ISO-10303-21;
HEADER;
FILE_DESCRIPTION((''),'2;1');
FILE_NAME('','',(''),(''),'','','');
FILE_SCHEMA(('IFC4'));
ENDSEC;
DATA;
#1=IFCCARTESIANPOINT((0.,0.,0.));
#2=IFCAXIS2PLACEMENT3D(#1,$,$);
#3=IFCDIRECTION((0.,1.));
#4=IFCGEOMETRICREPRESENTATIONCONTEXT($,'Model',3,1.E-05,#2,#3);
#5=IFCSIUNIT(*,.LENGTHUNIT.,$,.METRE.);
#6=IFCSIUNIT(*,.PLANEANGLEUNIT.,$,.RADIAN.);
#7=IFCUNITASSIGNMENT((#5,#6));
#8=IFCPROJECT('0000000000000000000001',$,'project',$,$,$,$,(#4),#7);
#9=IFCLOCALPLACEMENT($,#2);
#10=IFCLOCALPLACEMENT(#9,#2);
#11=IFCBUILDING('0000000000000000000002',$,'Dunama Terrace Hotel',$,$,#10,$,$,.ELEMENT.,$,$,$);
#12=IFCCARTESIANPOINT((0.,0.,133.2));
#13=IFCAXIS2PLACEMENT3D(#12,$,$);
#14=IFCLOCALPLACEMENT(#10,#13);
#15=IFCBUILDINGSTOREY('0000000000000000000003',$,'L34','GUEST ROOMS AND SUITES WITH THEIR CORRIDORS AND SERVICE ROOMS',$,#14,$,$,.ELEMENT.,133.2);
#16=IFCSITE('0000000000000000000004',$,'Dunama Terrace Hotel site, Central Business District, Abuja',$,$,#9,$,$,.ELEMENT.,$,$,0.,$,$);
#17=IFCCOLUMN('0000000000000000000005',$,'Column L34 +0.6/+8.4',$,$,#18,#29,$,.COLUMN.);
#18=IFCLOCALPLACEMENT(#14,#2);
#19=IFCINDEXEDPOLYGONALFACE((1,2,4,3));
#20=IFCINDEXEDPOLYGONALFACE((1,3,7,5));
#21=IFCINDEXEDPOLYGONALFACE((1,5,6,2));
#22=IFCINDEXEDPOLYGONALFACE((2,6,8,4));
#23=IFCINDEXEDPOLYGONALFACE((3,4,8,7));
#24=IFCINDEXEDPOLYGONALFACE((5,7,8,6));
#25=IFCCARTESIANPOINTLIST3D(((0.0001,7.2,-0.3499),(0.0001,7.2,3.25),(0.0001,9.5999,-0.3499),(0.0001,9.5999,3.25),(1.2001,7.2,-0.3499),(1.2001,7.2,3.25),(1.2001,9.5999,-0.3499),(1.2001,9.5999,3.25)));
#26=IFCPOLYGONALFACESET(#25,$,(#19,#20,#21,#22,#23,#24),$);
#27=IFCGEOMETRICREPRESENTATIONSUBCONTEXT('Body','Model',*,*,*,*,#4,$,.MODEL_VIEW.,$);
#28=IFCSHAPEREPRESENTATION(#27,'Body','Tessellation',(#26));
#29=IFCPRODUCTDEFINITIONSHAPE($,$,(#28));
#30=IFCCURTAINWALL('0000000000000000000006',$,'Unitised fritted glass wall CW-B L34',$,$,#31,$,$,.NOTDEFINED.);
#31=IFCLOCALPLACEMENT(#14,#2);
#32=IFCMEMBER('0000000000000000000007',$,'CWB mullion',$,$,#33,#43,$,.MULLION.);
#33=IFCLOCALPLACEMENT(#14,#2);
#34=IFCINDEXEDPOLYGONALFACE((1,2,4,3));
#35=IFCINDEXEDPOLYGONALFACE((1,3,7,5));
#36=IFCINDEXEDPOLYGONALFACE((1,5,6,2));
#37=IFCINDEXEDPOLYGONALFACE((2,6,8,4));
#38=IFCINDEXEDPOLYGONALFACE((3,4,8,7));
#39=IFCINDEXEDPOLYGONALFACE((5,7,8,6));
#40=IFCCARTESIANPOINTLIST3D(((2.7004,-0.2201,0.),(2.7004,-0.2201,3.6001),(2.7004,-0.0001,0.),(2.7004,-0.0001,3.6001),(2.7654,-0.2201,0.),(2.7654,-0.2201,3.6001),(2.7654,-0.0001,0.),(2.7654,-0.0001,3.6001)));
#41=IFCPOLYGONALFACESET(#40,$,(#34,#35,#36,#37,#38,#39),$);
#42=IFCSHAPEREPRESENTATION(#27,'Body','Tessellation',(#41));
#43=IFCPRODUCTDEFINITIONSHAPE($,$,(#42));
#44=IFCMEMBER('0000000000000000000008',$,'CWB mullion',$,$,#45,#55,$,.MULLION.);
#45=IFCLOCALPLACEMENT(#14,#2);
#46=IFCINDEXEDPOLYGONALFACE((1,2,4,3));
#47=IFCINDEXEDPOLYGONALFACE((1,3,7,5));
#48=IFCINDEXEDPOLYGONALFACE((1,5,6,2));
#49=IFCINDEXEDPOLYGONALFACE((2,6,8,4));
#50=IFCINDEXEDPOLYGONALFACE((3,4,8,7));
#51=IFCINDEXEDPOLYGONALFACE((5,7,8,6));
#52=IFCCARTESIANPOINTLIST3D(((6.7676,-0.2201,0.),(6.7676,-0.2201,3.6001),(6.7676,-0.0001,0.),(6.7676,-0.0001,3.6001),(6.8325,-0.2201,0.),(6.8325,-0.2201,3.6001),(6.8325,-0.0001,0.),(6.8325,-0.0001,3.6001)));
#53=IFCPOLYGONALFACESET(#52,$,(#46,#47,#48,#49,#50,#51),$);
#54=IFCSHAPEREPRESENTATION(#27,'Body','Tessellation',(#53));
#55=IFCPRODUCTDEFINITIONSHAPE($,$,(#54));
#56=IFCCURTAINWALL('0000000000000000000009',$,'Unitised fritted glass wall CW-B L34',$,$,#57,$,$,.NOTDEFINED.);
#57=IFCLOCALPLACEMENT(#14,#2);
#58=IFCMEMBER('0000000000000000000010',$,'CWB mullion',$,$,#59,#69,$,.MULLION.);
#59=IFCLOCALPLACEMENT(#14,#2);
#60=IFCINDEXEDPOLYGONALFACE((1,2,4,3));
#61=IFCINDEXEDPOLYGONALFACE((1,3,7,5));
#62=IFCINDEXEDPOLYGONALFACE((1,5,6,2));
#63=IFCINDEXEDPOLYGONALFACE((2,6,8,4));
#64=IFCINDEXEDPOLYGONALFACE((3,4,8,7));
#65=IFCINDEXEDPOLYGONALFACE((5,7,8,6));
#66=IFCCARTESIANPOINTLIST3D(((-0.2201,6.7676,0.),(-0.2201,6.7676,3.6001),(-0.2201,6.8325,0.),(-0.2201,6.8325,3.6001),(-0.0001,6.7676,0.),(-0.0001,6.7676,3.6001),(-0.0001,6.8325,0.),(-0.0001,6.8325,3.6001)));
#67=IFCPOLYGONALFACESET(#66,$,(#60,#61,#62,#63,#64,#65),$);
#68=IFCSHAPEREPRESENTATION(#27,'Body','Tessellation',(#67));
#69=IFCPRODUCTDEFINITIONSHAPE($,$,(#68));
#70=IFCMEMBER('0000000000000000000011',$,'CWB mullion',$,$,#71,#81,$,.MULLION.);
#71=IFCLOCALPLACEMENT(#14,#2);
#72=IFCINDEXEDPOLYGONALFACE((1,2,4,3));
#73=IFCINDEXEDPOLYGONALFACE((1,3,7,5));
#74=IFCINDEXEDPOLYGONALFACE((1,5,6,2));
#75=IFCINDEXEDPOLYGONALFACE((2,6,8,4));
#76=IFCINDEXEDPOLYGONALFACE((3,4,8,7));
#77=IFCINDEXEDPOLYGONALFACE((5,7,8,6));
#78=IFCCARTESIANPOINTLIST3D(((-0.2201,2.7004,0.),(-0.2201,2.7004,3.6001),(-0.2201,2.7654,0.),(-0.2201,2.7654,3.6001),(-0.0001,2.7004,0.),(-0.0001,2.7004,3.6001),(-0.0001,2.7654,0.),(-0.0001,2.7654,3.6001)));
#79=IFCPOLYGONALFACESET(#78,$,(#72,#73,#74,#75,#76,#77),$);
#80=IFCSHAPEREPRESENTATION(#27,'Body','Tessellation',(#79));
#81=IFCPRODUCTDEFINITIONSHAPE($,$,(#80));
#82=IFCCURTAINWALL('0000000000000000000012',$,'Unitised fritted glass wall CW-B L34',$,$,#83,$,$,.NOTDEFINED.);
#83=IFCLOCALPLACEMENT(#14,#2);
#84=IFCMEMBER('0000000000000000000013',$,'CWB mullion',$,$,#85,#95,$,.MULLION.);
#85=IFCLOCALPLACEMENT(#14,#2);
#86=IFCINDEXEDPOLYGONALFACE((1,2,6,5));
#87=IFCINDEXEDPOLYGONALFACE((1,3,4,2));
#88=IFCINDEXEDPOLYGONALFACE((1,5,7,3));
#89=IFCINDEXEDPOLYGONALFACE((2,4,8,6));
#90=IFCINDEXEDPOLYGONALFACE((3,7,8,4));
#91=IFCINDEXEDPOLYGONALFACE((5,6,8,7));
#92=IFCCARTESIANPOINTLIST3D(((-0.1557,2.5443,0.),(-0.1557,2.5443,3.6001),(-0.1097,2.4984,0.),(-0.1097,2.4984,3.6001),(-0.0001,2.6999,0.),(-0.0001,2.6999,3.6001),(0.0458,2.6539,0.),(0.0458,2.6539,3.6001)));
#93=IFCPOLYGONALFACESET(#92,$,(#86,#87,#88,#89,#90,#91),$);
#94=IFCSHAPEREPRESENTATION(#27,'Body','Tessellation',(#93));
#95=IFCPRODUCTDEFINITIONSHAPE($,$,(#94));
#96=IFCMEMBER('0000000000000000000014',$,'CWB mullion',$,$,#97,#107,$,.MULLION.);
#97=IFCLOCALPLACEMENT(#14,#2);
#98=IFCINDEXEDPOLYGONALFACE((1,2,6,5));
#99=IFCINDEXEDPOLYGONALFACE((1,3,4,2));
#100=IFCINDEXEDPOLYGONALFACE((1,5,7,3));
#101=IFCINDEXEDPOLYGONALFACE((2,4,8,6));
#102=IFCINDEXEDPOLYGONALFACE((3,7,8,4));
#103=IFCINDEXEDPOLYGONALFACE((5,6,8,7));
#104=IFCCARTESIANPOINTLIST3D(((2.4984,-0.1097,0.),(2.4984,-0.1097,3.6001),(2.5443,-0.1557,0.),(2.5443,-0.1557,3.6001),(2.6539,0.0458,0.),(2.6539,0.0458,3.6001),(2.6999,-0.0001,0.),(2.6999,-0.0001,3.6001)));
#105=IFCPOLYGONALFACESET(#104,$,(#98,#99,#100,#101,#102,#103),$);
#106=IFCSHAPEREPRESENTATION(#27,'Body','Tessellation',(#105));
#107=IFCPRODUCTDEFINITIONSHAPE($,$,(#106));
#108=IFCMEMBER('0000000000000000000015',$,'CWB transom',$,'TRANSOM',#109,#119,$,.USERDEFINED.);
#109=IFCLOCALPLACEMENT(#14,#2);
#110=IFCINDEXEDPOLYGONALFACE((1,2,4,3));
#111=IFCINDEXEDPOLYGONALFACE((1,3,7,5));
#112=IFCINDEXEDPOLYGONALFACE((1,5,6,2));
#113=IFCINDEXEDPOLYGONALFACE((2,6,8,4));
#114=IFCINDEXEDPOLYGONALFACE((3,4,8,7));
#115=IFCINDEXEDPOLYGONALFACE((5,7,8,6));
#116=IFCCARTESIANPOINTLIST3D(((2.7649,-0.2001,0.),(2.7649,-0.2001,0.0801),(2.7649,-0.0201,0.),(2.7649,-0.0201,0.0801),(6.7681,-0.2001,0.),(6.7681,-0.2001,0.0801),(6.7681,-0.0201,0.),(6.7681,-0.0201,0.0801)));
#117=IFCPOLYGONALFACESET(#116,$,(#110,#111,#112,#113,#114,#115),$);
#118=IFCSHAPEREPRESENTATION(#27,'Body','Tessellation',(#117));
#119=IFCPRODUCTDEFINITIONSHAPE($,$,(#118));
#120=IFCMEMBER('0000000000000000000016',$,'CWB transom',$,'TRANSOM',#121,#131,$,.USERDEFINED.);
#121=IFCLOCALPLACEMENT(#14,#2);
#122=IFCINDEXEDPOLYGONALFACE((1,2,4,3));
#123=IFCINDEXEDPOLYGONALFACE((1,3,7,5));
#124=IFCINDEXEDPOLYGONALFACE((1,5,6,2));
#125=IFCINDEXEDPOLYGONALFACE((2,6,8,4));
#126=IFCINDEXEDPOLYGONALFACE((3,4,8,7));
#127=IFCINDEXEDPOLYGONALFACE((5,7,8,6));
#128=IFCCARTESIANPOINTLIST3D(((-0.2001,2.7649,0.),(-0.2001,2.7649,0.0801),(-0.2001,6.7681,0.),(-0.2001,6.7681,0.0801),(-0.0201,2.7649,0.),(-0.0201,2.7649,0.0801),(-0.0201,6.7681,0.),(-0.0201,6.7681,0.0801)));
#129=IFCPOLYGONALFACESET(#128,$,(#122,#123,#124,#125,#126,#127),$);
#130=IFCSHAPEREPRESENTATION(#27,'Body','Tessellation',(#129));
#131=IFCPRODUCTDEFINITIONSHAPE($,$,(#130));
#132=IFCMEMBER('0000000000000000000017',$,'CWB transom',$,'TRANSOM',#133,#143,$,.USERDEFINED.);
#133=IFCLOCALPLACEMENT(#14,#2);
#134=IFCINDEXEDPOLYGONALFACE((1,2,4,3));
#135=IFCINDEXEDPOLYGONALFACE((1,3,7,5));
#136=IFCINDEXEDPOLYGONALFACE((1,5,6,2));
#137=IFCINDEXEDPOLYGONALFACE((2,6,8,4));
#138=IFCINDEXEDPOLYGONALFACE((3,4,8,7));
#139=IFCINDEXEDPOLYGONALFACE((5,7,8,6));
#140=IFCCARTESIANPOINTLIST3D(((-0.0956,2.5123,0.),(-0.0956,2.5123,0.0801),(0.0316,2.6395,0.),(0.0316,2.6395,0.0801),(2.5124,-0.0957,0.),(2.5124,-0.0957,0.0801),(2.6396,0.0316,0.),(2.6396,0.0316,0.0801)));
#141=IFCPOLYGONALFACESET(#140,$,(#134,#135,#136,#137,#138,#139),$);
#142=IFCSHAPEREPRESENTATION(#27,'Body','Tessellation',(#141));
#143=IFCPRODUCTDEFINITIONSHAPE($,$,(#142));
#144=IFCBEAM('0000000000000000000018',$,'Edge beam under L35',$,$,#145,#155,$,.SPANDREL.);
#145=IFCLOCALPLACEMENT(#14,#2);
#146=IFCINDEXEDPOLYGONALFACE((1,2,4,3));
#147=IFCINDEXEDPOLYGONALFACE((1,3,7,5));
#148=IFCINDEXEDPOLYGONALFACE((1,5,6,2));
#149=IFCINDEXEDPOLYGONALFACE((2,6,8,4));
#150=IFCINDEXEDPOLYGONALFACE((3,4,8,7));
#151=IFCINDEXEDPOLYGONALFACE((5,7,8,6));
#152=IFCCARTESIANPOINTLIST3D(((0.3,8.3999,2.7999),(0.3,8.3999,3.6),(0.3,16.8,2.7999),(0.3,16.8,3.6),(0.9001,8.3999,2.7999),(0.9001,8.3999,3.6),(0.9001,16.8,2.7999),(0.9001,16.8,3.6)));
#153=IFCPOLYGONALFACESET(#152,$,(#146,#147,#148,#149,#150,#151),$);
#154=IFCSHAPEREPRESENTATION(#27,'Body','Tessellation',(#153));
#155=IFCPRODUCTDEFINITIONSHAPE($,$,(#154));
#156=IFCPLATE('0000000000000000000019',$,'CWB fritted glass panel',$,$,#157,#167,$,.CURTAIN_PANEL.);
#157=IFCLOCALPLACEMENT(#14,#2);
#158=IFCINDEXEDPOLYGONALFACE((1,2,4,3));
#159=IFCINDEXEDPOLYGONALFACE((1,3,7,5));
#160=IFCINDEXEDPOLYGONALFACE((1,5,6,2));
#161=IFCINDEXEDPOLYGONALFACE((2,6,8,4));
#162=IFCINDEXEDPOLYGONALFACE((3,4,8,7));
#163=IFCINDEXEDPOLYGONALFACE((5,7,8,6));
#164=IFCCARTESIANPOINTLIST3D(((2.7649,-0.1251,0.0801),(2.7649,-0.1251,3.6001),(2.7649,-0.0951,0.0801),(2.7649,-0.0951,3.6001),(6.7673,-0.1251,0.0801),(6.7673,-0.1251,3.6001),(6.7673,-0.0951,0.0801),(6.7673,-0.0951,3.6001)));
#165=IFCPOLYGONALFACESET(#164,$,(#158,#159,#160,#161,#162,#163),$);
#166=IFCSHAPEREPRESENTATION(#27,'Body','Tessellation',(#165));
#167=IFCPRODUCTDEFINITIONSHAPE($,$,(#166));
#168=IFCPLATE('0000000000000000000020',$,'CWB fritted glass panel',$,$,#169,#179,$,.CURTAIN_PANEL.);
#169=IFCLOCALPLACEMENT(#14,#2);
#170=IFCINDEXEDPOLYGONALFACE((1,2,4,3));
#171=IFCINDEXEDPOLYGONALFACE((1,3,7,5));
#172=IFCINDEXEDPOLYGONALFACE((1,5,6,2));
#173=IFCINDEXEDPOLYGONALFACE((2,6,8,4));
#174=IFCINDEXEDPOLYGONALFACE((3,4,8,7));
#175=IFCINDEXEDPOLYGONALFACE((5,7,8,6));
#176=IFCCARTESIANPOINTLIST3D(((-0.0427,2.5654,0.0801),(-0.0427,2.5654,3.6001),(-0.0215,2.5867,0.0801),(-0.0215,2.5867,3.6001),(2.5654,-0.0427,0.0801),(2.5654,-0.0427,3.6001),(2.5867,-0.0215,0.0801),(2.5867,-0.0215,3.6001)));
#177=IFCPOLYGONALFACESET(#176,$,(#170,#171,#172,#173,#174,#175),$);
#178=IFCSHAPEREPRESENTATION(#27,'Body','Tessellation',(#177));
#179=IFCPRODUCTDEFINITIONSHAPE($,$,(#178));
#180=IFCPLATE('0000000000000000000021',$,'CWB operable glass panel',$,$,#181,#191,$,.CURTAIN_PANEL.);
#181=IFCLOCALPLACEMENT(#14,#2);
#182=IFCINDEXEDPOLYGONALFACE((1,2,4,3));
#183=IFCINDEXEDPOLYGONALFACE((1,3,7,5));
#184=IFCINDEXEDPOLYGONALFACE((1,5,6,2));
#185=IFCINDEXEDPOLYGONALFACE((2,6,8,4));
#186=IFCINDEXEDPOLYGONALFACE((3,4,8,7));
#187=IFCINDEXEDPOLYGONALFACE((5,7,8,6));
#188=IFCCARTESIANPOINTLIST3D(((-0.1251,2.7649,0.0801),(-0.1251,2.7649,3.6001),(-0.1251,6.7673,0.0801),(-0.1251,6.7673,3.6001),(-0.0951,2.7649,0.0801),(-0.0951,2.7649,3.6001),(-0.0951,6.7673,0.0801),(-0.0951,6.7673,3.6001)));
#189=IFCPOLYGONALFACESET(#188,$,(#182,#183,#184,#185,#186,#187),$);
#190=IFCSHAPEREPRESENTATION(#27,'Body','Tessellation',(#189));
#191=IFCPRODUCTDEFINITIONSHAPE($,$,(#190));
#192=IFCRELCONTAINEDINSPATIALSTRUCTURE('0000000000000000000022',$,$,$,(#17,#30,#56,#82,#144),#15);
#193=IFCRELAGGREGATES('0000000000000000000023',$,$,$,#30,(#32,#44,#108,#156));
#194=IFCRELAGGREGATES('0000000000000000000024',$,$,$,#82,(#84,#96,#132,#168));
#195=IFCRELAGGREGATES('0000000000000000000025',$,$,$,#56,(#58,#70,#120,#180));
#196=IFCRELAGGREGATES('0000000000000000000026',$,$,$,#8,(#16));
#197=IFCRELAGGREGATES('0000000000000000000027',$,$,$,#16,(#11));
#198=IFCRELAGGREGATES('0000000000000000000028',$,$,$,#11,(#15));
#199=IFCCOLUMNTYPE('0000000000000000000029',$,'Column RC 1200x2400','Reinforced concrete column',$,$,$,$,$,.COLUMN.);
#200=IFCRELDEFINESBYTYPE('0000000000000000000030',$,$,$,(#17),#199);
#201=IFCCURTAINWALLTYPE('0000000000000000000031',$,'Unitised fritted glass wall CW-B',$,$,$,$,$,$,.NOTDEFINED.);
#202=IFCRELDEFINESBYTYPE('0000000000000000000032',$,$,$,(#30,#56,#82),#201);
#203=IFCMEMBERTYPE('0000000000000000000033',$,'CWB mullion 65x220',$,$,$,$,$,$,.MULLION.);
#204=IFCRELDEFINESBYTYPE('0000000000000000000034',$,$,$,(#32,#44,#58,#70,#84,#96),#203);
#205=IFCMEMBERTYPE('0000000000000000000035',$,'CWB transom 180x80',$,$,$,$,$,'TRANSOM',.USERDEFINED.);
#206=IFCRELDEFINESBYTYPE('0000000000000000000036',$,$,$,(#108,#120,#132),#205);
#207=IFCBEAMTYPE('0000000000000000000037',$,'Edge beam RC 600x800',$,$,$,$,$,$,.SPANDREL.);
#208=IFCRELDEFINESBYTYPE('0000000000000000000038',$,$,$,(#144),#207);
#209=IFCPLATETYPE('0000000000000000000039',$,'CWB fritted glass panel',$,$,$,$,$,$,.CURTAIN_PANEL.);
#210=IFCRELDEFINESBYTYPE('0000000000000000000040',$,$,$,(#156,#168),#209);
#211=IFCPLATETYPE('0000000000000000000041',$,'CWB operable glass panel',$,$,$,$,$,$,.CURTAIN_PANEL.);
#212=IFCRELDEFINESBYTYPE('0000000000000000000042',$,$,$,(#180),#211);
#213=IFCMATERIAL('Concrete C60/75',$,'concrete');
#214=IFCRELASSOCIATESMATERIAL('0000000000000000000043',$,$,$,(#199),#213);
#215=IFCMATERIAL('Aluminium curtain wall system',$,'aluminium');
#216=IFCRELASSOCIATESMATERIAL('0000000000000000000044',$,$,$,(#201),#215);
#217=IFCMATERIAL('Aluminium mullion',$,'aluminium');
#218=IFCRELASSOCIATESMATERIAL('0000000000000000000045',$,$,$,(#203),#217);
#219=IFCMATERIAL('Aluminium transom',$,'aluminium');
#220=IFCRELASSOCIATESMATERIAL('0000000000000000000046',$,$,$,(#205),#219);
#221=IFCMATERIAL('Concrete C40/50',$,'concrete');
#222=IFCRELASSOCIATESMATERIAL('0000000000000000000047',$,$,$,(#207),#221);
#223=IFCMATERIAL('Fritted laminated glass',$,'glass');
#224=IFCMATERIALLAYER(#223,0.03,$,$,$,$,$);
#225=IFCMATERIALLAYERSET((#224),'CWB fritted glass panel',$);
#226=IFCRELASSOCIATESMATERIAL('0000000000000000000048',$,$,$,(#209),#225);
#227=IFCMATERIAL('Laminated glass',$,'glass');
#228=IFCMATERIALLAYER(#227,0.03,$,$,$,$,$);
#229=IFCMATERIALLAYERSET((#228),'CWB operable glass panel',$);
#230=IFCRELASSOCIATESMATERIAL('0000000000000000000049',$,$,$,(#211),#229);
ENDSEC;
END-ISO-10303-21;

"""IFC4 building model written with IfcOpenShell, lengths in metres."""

from ifc_helpers import new_model, si_unit, direction, frame, origin, origin_2d, place, context, subcontext, project, spatial, rectangle, extrude, material, layer, layer_set, material_profile, profile_set, type_object, element, aggregate, save


model = new_model("IFC4")

# Units and contexts
model_context = context("Model", 3, precision=1e-05, world=origin(), true_north=direction((0.0, 1.0)))
body_context = subcontext(model_context, "Body", "Model", "MODEL_VIEW")
ifc_project = project(units=[si_unit("LENGTHUNIT", "METRE"), si_unit("PLANEANGLEUNIT", "RADIAN")], contexts=[model_context])

# Site, building, storey
site_placement = place(None, origin())
site = spatial("IfcSite", under=ifc_project, at=site_placement, Name="Dunama Terrace Hotel site, Central Business District, Abuja", CompositionType="ELEMENT", RefElevation=0.0)
building_placement = place(site_placement, origin())
building = spatial("IfcBuilding", under=site, at=building_placement, Name="Dunama Terrace Hotel", CompositionType="ELEMENT")
storey_placement = place(building_placement, frame((0.0, 0.0, 133.2)))
storey = spatial("IfcBuildingStorey", under=building, at=storey_placement, Name="L34", Description="GUEST ROOMS AND SUITES WITH THEIR CORRIDORS AND SERVICE ROOMS", CompositionType="ELEMENT", Elevation=133.2)

# Column
ifc_material_1 = material(Name="Concrete C60/75", Category="concrete")
ifc_material_profile_1 = material_profile(ifc_material_1, rectangle(XDim=1.2, YDim=2.3999, at=origin_2d()), Name="RC 1200x2400")
ifc_profile_set_1 = profile_set([ifc_material_profile_1], Name="Concrete C60/75")
column_type = type_object("IfcColumnType", Name="Column RC 1200x2400", Description="Reinforced concrete column", PredefinedType="COLUMN", material=ifc_profile_set_1)
column_placement = place(storey_placement, frame((0.6001, 8.3999, -0.3499), z_axis=(0.0, 0.0, 1.0), x_axis=(1.0, 0.0, 0.0)))
element("IfcColumn", 1, at=column_placement, inside=storey, type_object=column_type, Name="Column L34 +0.6/+8.4", PredefinedType="COLUMN", context=body_context, shape_type="SweptSolid", body=[
    extrude(rectangle(XDim=1.2, YDim=2.3999, at=origin_2d()), origin(), (0.0, 0.0, 1.0), 3.5999),
])

# Curtain walls, members
ifc_material_2 = material(Name="Aluminium curtain wall system", Category="aluminium")
curtain_wall_type = type_object("IfcCurtainWallType", Name="Unitised fritted glass wall CW-B", PredefinedType="NOTDEFINED", material=ifc_material_2)
curtain_wall_1_placement = place(storey_placement, origin())
curtain_wall_1 = element("IfcCurtainWall", 2, at=curtain_wall_1_placement, inside=storey, type_object=curtain_wall_type, Name="Unitised fritted glass wall CW-B L34", PredefinedType="NOTDEFINED")
ifc_material_3 = material(Name="Aluminium mullion", Category="aluminium")
ifc_material_profile_2 = material_profile(ifc_material_3, rectangle(XDim=0.0649, YDim=0.22, at=origin_2d()), Name="CWB MULLION 65X220")
ifc_profile_set_2 = profile_set([ifc_material_profile_2], Name="Aluminium mullion")
member_type_1 = type_object("IfcMemberType", Name="CWB mullion 65x220", PredefinedType="MULLION", material=ifc_profile_set_2)
member_1_placement = place(storey_placement, frame((2.7329, -0.1101, 0.0), z_axis=(0.0, 0.0, 1.0), x_axis=(1.0, 0.0, 0.0)))
member_1 = element("IfcMember", 3, at=member_1_placement, type_object=member_type_1, Name="CWB mullion", PredefinedType="MULLION", context=body_context, shape_type="SweptSolid", body=[
    extrude(rectangle(XDim=0.0649, YDim=0.22, at=origin_2d()), origin(), (0.0, 0.0, 1.0), 3.6001),
])
member_2_placement = place(storey_placement, frame((6.8, -0.1101, 0.0), z_axis=(0.0, 0.0, 1.0), x_axis=(1.0, 0.0, 0.0)))
member_2 = element("IfcMember", 4, at=member_2_placement, type_object=member_type_1, Name="CWB mullion", PredefinedType="MULLION", context=body_context, shape_type="SweptSolid", body=[
    extrude(rectangle(XDim=0.0649, YDim=0.22, at=origin_2d()), origin(), (0.0, 0.0, 1.0), 3.6001),
])
curtain_wall_2_placement = place(storey_placement, origin())
curtain_wall_2 = element("IfcCurtainWall", 5, at=curtain_wall_2_placement, inside=storey, type_object=curtain_wall_type, Name="Unitised fritted glass wall CW-B L34", PredefinedType="NOTDEFINED")
member_3_placement = place(storey_placement, frame((-0.1101, 6.8, 0.0), z_axis=(0.0, 0.0, 1.0), x_axis=(0.0, -1.0, 0.0)))
member_3 = element("IfcMember", 6, at=member_3_placement, type_object=member_type_1, Name="CWB mullion", PredefinedType="MULLION", context=body_context, shape_type="SweptSolid", body=[
    extrude(rectangle(XDim=0.0649, YDim=0.22, at=origin_2d()), origin(), (0.0, 0.0, 1.0), 3.6001),
])
member_4_placement = place(storey_placement, frame((-0.1101, 2.7329, 0.0), z_axis=(0.0, 0.0, 1.0), x_axis=(0.0, -1.0, 0.0)))
member_4 = element("IfcMember", 7, at=member_4_placement, type_object=member_type_1, Name="CWB mullion", PredefinedType="MULLION", context=body_context, shape_type="SweptSolid", body=[
    extrude(rectangle(XDim=0.0649, YDim=0.22, at=origin_2d()), origin(), (0.0, 0.0, 1.0), 3.6001),
])
curtain_wall_3_placement = place(storey_placement, origin())
curtain_wall_3 = element("IfcCurtainWall", 8, at=curtain_wall_3_placement, inside=storey, type_object=curtain_wall_type, Name="Unitised fritted glass wall CW-B L34", PredefinedType="NOTDEFINED")
member_5_placement = place(storey_placement, frame((-0.0549, 2.5991, 0.0), z_axis=(0.0, 0.0, 1.0), x_axis=(0.707107, -0.707107, 0.0)))
member_5 = element("IfcMember", 9, at=member_5_placement, type_object=member_type_1, Name="CWB mullion", PredefinedType="MULLION", context=body_context, shape_type="SweptSolid", body=[
    extrude(rectangle(XDim=0.0649, YDim=0.22, at=origin_2d()), origin(), (0.0, 0.0, 1.0), 3.6001),
])
member_6_placement = place(storey_placement, frame((2.5991, -0.0549, 0.0), z_axis=(0.0, 0.0, 1.0), x_axis=(0.707107, -0.707107, 0.0)))
member_6 = element("IfcMember", 10, at=member_6_placement, type_object=member_type_1, Name="CWB mullion", PredefinedType="MULLION", context=body_context, shape_type="SweptSolid", body=[
    extrude(rectangle(XDim=0.0649, YDim=0.22, at=origin_2d()), origin(), (0.0, 0.0, 1.0), 3.6001),
])

# Members
ifc_material_4 = material(Name="Aluminium transom", Category="aluminium")
ifc_material_profile_3 = material_profile(ifc_material_4, rectangle(XDim=0.1799, YDim=0.0801, at=origin_2d()), Name="CWB TRANSOM 180X80")
ifc_profile_set_3 = profile_set([ifc_material_profile_3], Name="Aluminium transom")
member_type_2 = type_object("IfcMemberType", Name="CWB transom 180x80", ElementType="TRANSOM", PredefinedType="USERDEFINED", material=ifc_profile_set_3)
member_7_placement = place(storey_placement, frame((2.7649, -0.1101, 0.04), z_axis=(1.0, 0.0, 0.0), x_axis=(0.0, 1.0, 0.0)))
member_7 = element("IfcMember", 11, at=member_7_placement, type_object=member_type_2, Name="CWB transom", ObjectType="TRANSOM", PredefinedType="USERDEFINED", context=body_context, shape_type="SweptSolid", body=[
    extrude(rectangle(XDim=0.1799, YDim=0.0801, at=origin_2d()), origin(), (0.0, 0.0, 1.0), 4.0032),
])
member_8_placement = place(storey_placement, frame((-0.1101, 6.7681, 0.04), z_axis=(0.0, -1.0, 0.0), x_axis=(1.0, 0.0, 0.0)))
member_8 = element("IfcMember", 12, at=member_8_placement, type_object=member_type_2, Name="CWB transom", ObjectType="TRANSOM", PredefinedType="USERDEFINED", context=body_context, shape_type="SweptSolid", body=[
    extrude(rectangle(XDim=0.1799, YDim=0.0801, at=origin_2d()), origin(), (0.0, 0.0, 1.0), 4.0032),
])
member_9_placement = place(storey_placement, frame((-0.032, 2.5759, 0.04), z_axis=(0.707107, -0.707107, 0.0), x_axis=(0.707107, 0.707107, 0.0)))
member_9 = element("IfcMember", 13, at=member_9_placement, type_object=member_type_2, Name="CWB transom", ObjectType="TRANSOM", PredefinedType="USERDEFINED", context=body_context, shape_type="SweptSolid", body=[
    extrude(rectangle(XDim=0.1799, YDim=0.0801, at=origin_2d()), origin(), (0.0, 0.0, 1.0), 3.6882),
])

# Beam
ifc_material_5 = material(Name="Concrete C40/50", Category="concrete")
ifc_material_profile_4 = material_profile(ifc_material_5, rectangle(XDim=0.6001, YDim=0.8, at=origin_2d()), Name="RC 600x800")
ifc_profile_set_4 = profile_set([ifc_material_profile_4], Name="Concrete C40/50")
beam_type = type_object("IfcBeamType", Name="Edge beam RC 600x800", PredefinedType="SPANDREL", material=ifc_profile_set_4)
beam_placement = place(storey_placement, frame((0.6001, 8.3999, 3.2), z_axis=(0.0, 1.0, 0.0), x_axis=(-1.0, 0.0, 0.0)))
element("IfcBeam", 14, at=beam_placement, inside=storey, type_object=beam_type, Name="Edge beam under L35", PredefinedType="SPANDREL", context=body_context, shape_type="SweptSolid", body=[
    extrude(rectangle(XDim=0.6001, YDim=0.8, at=origin_2d()), origin(), (0.0, 0.0, 1.0), 8.4001),
])

# Plates
ifc_material_6 = material(Name="Fritted laminated glass", Category="glass")
ifc_layer_1 = layer(ifc_material_6, 0.03)
ifc_layer_set_1 = layer_set([ifc_layer_1], Name="CWB fritted glass panel")
plate_type_1 = type_object("IfcPlateType", Name="CWB fritted glass panel", PredefinedType="CURTAIN_PANEL", material=ifc_layer_set_1)
plate_1_placement = place(storey_placement, frame((4.7661, -0.1101, 0.0801), z_axis=(0.0, 0.0, 1.0), x_axis=(1.0, 0.0, 0.0)))
plate_1 = element("IfcPlate", 15, at=plate_1_placement, type_object=plate_type_1, Name="CWB fritted glass panel", PredefinedType="CURTAIN_PANEL", context=body_context, shape_type="SweptSolid", body=[
    extrude(rectangle(XDim=4.0024, YDim=0.03, at=origin_2d()), origin(), (0.0, 0.0, 1.0), 3.52),
])
aggregate(curtain_wall_1, [member_1, member_2, member_7, plate_1])
plate_2_placement = place(storey_placement, frame((1.272, 1.272, 0.0801), z_axis=(0.0, 0.0, 1.0), x_axis=(0.707107, -0.707107, 0.0)))
plate_2 = element("IfcPlate", 16, at=plate_2_placement, type_object=plate_type_1, Name="CWB fritted glass panel", PredefinedType="CURTAIN_PANEL", context=body_context, shape_type="SweptSolid", body=[
    extrude(rectangle(XDim=3.6885, YDim=0.03, at=origin_2d()), origin(), (0.0, 0.0, 1.0), 3.52),
])
aggregate(curtain_wall_3, [member_5, member_6, member_9, plate_2])
ifc_material_7 = material(Name="Laminated glass", Category="glass")
ifc_layer_2 = layer(ifc_material_7, 0.03)
ifc_layer_set_2 = layer_set([ifc_layer_2], Name="CWB operable glass panel")
plate_type_2 = type_object("IfcPlateType", Name="CWB operable glass panel", PredefinedType="CURTAIN_PANEL", material=ifc_layer_set_2)
plate_3_placement = place(storey_placement, frame((-0.1101, 4.7661, 0.0801), z_axis=(0.0, 0.0, 1.0), x_axis=(0.0, -1.0, 0.0)))
plate_3 = element("IfcPlate", 17, at=plate_3_placement, type_object=plate_type_2, Name="CWB operable glass panel", PredefinedType="CURTAIN_PANEL", context=body_context, shape_type="SweptSolid", body=[
    extrude(rectangle(XDim=4.0024, YDim=0.03, at=origin_2d()), origin(), (0.0, 0.0, 1.0), 3.52),
])
aggregate(curtain_wall_2, [member_3, member_4, member_8, plate_3])

save(model, "model.ifc")
